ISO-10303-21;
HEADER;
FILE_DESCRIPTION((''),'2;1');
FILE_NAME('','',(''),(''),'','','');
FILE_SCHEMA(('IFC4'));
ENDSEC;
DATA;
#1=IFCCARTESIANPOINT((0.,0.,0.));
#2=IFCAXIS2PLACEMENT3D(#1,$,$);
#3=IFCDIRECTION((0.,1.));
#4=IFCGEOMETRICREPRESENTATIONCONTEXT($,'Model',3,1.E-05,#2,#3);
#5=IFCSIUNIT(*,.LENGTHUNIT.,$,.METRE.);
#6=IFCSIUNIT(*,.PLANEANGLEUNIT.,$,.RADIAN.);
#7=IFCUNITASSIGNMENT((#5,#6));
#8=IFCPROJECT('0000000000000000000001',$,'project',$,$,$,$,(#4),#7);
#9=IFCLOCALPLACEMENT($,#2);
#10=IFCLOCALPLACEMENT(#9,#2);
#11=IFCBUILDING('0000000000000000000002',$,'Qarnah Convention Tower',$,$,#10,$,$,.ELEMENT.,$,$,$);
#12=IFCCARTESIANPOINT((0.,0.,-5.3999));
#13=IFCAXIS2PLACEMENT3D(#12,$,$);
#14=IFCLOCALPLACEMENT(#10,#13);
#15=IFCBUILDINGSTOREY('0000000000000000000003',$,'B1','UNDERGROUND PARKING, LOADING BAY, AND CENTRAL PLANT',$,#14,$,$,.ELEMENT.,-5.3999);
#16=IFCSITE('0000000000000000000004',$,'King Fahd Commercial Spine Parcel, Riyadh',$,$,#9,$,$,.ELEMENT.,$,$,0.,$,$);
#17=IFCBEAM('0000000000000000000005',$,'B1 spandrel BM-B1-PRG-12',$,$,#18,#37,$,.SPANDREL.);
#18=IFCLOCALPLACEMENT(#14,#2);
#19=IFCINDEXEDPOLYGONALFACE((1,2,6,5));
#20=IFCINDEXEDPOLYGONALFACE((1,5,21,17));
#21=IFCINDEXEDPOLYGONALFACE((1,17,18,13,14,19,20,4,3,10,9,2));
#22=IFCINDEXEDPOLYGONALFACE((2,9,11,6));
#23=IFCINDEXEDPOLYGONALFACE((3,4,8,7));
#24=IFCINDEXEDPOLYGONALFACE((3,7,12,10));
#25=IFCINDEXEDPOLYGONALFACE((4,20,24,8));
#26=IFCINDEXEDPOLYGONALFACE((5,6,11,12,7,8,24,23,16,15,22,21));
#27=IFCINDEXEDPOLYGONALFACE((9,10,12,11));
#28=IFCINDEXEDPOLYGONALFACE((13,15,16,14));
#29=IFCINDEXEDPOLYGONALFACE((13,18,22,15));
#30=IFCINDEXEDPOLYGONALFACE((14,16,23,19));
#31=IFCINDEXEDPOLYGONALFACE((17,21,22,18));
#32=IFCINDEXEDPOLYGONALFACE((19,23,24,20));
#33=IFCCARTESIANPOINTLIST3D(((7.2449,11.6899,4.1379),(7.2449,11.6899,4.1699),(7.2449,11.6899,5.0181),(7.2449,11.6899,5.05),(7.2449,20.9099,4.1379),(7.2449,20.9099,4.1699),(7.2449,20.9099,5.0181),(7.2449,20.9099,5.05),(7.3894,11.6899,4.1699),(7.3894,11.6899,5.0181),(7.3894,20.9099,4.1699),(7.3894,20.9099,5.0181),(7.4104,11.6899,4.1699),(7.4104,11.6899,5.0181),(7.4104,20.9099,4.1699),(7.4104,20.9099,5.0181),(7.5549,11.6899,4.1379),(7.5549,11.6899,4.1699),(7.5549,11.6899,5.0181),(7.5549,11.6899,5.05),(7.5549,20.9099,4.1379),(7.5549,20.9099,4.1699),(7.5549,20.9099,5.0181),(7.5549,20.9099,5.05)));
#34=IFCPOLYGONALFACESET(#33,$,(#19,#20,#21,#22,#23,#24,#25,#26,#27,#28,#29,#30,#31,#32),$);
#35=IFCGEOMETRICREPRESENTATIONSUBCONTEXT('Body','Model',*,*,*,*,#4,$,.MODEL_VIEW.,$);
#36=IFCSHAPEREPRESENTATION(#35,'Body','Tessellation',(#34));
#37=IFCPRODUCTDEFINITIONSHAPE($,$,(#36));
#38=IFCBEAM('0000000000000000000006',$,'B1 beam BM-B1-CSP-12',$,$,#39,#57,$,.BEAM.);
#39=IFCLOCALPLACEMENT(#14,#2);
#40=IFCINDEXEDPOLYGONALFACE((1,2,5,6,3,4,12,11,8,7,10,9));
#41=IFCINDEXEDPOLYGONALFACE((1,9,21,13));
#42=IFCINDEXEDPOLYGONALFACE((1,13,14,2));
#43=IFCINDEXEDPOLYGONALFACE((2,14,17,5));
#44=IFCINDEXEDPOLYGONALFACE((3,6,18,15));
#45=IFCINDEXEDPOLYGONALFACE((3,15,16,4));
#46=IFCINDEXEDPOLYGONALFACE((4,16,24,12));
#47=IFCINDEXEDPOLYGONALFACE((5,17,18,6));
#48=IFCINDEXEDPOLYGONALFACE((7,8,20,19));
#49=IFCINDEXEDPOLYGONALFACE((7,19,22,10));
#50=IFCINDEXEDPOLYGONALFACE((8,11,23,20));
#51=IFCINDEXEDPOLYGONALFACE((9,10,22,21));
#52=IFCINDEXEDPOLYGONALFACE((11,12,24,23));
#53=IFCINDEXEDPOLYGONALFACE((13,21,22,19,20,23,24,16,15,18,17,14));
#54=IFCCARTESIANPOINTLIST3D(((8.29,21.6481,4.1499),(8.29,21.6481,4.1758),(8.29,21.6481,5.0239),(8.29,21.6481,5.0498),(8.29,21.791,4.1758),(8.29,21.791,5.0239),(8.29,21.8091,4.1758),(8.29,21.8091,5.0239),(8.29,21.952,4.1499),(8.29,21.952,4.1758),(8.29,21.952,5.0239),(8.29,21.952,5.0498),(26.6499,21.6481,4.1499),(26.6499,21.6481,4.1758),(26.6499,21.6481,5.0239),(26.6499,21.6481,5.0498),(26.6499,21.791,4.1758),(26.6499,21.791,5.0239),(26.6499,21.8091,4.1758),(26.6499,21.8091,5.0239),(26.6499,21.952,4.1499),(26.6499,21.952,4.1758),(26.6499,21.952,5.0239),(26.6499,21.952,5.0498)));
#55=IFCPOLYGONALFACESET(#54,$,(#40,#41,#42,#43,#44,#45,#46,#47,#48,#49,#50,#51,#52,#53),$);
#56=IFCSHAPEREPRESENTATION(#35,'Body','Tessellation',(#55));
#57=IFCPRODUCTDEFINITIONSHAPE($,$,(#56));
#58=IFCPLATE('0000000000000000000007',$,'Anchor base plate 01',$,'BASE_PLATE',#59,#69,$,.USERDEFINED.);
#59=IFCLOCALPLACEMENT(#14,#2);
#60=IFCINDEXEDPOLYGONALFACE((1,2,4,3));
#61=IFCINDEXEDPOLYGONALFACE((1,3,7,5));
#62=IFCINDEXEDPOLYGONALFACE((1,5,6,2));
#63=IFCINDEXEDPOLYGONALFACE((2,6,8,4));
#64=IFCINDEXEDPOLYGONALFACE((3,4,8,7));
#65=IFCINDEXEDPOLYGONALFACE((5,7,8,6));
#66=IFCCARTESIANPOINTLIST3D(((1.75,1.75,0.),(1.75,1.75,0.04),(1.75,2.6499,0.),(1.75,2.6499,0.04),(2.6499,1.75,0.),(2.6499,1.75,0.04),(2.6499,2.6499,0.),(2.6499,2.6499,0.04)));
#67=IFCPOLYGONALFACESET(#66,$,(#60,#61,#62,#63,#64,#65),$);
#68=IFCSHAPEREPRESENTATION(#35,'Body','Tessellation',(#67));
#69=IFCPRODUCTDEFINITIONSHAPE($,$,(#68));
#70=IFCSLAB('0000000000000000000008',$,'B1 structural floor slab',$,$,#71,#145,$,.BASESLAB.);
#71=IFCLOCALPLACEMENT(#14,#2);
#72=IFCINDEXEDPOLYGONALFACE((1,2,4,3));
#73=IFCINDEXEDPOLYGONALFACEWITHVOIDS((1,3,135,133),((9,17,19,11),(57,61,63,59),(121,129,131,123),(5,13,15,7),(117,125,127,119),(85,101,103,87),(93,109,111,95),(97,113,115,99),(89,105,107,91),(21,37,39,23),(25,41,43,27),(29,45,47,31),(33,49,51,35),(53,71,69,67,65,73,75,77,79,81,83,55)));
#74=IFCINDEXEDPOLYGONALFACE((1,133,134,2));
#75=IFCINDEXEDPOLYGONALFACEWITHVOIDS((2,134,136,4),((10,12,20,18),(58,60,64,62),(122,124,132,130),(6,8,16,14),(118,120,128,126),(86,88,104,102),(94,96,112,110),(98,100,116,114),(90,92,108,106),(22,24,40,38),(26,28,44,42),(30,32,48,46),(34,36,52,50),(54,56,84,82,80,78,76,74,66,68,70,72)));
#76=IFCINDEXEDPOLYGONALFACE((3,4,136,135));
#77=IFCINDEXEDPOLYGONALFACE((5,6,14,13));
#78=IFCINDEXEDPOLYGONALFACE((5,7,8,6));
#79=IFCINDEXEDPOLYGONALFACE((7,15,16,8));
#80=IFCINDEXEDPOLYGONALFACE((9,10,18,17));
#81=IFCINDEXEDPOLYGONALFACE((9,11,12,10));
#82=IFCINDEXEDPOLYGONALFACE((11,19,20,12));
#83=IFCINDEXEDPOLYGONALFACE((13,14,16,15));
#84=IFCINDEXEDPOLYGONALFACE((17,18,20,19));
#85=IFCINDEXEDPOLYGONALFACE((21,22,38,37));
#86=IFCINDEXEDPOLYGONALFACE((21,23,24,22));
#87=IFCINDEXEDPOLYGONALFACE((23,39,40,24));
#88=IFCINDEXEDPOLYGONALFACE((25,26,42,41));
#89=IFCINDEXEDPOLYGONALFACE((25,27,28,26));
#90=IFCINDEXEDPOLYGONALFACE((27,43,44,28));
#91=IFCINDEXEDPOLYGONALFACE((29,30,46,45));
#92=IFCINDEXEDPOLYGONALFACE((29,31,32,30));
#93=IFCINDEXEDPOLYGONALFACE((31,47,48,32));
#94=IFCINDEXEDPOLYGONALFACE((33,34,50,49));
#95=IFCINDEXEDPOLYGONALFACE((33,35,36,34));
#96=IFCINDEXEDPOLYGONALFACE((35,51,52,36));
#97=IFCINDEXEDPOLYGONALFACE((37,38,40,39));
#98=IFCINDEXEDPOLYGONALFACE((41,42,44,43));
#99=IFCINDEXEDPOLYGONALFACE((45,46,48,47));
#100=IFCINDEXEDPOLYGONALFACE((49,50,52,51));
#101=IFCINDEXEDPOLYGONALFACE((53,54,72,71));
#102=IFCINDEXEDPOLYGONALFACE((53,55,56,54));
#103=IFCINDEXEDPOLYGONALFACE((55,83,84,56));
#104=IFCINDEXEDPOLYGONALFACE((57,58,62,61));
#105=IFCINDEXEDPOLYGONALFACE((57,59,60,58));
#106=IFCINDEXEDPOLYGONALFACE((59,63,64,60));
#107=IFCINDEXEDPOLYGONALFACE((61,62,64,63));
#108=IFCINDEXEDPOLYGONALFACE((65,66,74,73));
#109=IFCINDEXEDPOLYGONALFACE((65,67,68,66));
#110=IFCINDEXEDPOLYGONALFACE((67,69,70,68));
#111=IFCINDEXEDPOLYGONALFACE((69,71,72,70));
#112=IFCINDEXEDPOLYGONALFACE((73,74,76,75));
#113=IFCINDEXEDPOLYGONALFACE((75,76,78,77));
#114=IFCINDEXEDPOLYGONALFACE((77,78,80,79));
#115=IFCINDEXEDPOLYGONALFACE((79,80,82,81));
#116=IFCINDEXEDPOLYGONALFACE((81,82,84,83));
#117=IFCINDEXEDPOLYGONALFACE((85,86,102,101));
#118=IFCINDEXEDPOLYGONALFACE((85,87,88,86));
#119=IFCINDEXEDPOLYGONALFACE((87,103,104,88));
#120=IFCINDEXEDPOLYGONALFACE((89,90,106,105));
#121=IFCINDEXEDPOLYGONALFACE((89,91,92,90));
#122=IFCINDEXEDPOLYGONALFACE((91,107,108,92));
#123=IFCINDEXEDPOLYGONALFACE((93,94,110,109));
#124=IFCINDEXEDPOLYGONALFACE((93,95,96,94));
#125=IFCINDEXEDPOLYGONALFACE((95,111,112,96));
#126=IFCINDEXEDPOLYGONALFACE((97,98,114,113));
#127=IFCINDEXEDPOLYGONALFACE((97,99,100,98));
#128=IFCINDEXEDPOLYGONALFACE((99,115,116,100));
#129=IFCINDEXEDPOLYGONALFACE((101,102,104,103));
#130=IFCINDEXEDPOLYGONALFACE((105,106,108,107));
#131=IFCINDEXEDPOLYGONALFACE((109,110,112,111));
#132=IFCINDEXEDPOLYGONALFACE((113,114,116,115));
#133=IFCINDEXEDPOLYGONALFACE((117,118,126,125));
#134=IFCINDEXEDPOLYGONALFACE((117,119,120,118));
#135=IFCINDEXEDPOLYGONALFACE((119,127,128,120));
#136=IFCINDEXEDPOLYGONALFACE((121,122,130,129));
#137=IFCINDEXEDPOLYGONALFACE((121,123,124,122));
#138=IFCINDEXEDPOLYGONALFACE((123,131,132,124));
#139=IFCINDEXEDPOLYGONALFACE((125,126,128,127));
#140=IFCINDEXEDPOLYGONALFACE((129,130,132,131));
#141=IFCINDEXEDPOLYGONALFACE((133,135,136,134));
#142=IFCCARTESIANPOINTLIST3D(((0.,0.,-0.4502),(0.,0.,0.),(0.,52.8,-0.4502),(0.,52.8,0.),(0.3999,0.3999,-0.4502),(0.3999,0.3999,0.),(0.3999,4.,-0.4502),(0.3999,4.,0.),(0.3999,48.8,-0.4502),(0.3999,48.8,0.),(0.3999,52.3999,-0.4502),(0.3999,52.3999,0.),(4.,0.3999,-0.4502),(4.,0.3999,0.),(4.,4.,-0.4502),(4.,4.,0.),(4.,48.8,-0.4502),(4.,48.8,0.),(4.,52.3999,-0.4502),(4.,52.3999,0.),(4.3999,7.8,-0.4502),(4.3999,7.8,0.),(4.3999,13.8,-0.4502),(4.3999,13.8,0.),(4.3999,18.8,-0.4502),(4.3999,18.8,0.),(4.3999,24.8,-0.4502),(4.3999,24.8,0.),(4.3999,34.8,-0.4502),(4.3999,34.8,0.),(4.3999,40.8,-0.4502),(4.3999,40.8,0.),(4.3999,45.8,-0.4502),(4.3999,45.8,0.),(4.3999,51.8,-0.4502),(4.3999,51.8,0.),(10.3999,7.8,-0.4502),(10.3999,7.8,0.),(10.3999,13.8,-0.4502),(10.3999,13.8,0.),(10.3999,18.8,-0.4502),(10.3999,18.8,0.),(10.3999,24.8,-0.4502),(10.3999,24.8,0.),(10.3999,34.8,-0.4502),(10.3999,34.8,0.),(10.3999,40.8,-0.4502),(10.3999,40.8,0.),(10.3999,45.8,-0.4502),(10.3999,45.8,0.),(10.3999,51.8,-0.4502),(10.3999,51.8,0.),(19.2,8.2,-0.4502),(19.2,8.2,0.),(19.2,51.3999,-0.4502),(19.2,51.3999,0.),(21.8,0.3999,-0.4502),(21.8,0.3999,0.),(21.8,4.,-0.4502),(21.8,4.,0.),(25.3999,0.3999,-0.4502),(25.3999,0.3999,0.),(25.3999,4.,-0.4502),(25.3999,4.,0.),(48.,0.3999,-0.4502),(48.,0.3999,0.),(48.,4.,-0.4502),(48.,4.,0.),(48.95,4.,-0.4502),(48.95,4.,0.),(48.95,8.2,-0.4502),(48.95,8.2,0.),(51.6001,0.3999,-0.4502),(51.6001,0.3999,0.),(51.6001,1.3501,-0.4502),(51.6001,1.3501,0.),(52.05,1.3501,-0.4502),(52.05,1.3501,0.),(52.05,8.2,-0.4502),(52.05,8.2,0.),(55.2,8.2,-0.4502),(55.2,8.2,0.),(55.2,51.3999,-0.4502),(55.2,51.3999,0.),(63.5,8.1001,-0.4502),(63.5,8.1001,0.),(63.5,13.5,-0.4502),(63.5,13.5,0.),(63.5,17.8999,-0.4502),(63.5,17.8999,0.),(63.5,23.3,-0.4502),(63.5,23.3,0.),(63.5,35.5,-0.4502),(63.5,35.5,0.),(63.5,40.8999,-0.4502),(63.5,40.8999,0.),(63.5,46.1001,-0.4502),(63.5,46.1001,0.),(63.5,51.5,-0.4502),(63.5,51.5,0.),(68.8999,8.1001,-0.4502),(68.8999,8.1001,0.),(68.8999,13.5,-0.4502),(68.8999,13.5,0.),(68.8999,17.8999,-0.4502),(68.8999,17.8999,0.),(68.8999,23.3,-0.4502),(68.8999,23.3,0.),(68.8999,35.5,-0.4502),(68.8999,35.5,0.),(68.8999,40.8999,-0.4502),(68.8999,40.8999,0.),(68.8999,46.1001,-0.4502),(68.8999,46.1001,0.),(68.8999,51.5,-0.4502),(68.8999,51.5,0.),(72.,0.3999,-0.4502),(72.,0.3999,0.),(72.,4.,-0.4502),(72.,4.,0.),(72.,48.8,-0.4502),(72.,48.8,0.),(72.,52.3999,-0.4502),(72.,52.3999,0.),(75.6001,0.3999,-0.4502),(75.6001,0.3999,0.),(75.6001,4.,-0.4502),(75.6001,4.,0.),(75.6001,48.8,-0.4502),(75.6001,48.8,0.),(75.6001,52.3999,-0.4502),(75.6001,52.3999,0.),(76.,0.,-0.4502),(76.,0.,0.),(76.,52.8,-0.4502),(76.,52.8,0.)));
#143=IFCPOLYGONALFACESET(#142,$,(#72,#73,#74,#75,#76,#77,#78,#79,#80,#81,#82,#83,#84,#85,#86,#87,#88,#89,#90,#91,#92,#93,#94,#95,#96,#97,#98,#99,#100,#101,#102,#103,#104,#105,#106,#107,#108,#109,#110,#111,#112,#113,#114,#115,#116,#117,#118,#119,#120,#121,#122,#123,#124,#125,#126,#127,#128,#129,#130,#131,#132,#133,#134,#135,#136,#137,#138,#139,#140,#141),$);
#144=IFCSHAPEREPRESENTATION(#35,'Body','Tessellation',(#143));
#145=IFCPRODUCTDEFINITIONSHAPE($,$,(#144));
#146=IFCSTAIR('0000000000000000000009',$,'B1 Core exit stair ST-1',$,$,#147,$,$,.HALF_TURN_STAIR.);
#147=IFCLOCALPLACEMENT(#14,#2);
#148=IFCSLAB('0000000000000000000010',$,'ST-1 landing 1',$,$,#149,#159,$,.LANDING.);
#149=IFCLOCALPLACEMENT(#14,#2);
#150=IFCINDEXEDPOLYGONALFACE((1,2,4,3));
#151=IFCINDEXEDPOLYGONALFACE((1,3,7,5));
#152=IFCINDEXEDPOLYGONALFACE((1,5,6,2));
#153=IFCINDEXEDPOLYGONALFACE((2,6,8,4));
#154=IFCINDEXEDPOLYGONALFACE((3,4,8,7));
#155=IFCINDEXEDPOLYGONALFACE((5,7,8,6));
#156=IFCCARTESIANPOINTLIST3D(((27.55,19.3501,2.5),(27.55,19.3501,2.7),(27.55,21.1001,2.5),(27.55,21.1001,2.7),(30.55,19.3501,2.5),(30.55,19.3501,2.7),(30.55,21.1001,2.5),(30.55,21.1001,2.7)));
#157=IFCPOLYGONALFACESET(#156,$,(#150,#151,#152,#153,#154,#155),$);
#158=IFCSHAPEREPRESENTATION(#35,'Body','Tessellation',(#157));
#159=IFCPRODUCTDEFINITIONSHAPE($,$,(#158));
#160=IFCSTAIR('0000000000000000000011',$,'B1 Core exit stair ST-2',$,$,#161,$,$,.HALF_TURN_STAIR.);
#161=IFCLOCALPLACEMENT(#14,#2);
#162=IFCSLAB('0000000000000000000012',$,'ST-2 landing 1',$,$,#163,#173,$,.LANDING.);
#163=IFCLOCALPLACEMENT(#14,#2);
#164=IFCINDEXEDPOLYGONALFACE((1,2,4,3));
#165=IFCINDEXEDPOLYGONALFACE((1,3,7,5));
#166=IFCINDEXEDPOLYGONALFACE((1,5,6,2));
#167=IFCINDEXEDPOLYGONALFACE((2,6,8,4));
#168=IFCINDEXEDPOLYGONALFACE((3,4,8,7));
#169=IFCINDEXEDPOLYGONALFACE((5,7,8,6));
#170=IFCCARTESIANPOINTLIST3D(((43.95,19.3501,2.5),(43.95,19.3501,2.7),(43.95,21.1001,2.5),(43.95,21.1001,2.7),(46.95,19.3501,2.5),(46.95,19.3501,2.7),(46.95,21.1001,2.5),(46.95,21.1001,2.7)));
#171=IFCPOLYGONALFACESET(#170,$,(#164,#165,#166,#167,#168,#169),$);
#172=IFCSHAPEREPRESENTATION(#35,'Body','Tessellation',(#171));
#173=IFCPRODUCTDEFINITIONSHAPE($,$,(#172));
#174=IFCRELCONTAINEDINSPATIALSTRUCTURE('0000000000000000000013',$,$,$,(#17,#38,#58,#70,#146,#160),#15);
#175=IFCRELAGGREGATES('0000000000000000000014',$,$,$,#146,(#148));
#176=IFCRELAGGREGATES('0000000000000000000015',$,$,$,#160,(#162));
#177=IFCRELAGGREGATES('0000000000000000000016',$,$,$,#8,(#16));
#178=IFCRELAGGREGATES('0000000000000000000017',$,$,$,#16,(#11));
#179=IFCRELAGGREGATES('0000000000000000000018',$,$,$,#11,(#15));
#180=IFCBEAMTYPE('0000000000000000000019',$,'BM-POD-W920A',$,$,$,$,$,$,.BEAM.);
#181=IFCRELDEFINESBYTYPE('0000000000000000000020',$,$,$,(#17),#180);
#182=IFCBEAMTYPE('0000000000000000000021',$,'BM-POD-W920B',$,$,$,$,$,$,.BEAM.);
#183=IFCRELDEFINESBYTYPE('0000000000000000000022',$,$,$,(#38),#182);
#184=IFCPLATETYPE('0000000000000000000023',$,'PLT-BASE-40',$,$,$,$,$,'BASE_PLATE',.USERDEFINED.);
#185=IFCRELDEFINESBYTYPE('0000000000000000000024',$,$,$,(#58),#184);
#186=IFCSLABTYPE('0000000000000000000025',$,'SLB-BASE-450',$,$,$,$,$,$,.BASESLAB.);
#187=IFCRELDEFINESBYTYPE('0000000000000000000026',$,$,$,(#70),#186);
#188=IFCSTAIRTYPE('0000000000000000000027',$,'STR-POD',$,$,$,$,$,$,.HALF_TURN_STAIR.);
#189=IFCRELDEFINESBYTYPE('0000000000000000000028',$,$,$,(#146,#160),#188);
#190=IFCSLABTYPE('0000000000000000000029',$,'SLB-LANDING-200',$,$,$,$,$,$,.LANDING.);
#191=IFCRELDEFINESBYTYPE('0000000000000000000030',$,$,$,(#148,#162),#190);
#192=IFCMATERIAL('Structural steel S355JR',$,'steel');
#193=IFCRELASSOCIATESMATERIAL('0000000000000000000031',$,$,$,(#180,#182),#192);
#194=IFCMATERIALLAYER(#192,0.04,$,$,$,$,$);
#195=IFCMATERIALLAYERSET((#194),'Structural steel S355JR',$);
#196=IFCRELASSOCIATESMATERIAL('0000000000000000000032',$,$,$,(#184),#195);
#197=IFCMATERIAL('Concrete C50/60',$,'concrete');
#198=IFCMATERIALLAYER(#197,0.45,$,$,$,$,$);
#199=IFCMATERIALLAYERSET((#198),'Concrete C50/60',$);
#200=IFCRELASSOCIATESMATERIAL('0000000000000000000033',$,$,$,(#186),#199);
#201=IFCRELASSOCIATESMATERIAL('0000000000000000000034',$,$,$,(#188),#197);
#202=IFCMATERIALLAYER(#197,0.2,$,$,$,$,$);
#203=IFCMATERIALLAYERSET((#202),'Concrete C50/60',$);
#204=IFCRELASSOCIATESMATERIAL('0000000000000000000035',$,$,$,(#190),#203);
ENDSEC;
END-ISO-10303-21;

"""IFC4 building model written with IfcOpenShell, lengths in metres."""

from ifc_helpers import new_model, si_unit, direction, frame, origin, origin_2d, place, context, subcontext, project, spatial, polyline, rectangle, i_section, outline, extrude, material, layer, layer_set, material_profile, profile_set, type_object, element, aggregate, save


model = new_model("IFC4")

# Units and contexts
model_context = context("Model", 3, precision=1e-05, world=origin(), true_north=direction((0.0, 1.0)))
body_context = subcontext(model_context, "Body", "Model", "MODEL_VIEW")
ifc_project = project(units=[si_unit("LENGTHUNIT", "METRE"), si_unit("PLANEANGLEUNIT", "RADIAN")], contexts=[model_context])

# Site, building, storey
site_placement = place(None, origin())
site = spatial("IfcSite", under=ifc_project, at=site_placement, Name="King Fahd Commercial Spine Parcel, Riyadh", CompositionType="ELEMENT", RefElevation=0.0)
building_placement = place(site_placement, origin())
building = spatial("IfcBuilding", under=site, at=building_placement, Name="Qarnah Convention Tower", CompositionType="ELEMENT")
storey_placement = place(building_placement, frame((0.0, 0.0, -5.3999)))
storey = spatial("IfcBuildingStorey", under=building, at=storey_placement, Name="B1", Description="UNDERGROUND PARKING, LOADING BAY, AND CENTRAL PLANT", CompositionType="ELEMENT", Elevation=-5.3999)

# Shared definitions
ifc_material_1 = material(Name="Concrete C50/60", Category="concrete")

# Beams
ifc_material_2 = material(Name="Structural steel S355JR", Category="steel")
ifc_material_profile_1 = material_profile(ifc_material_2, i_section(OverallWidth=0.3101, OverallDepth=0.9121, WebThickness=0.021, FlangeThickness=0.032, at=origin_2d()), Name="W920X342")
ifc_profile_set_1 = profile_set([ifc_material_profile_1], Name="Structural steel S355JR")
beam_type_1 = type_object("IfcBeamType", Name="BM-POD-W920A", PredefinedType="BEAM", material=ifc_profile_set_1)
beam_1_placement = place(storey_placement, frame((7.3999, 20.9099, 4.594), z_axis=(0.0, -1.0, 0.0), x_axis=(1.0, 0.0, 0.0)))
element("IfcBeam", 1, at=beam_1_placement, inside=storey, type_object=beam_type_1, Name="B1 spandrel BM-B1-PRG-12", PredefinedType="SPANDREL", context=body_context, shape_type="SweptSolid", body=[
    extrude(i_section(OverallWidth=0.3101, OverallDepth=0.9121, WebThickness=0.021, FlangeThickness=0.032, at=origin_2d()), origin(), (0.0, 0.0, 1.0), 9.22),
])
ifc_material_profile_2 = material_profile(ifc_material_2, i_section(OverallWidth=0.304, OverallDepth=0.8999, WebThickness=0.0181, FlangeThickness=0.0259, at=origin_2d()), Name="W920X271")
ifc_profile_set_2 = profile_set([ifc_material_profile_2], Name="Structural steel S355JR")
beam_type_2 = type_object("IfcBeamType", Name="BM-POD-W920B", PredefinedType="BEAM", material=ifc_profile_set_2)
beam_2_placement = place(storey_placement, frame((8.29, 21.8, 4.5999), z_axis=(1.0, 0.0, 0.0), x_axis=(0.0, 1.0, 0.0)))
element("IfcBeam", 2, at=beam_2_placement, inside=storey, type_object=beam_type_2, Name="B1 beam BM-B1-CSP-12", PredefinedType="BEAM", context=body_context, shape_type="SweptSolid", body=[
    extrude(i_section(OverallWidth=0.304, OverallDepth=0.8999, WebThickness=0.0181, FlangeThickness=0.0259, at=origin_2d()), origin(), (0.0, 0.0, 1.0), 18.3599),
])

# Plate
ifc_layer_1 = layer(ifc_material_2, 0.04)
ifc_layer_set_1 = layer_set([ifc_layer_1], Name="Structural steel S355JR")
plate_type = type_object("IfcPlateType", Name="PLT-BASE-40", ElementType="BASE_PLATE", PredefinedType="USERDEFINED", material=ifc_layer_set_1)
plate_placement = place(storey_placement, frame((2.2, 2.2, 0.0), z_axis=(0.0, 0.0, 1.0), x_axis=(1.0, 0.0, 0.0)))
element("IfcPlate", 3, at=plate_placement, inside=storey, type_object=plate_type, Name="Anchor base plate 01", ObjectType="BASE_PLATE", PredefinedType="USERDEFINED", context=body_context, shape_type="SweptSolid", body=[
    extrude(rectangle(XDim=0.8999, YDim=0.8999, at=origin_2d()), origin(), (0.0, 0.0, 1.0), 0.04),
])

# Slab
ifc_layer_2 = layer(ifc_material_1, 0.45)
ifc_layer_set_2 = layer_set([ifc_layer_2], Name="Concrete C50/60")
slab_type_1 = type_object("IfcSlabType", Name="SLB-BASE-450", PredefinedType="BASESLAB", material=ifc_layer_set_2)
slab_1_placement = place(storey_placement, frame((0.0, 0.0, -0.4502)))
element("IfcSlab", 4, at=slab_1_placement, inside=storey, type_object=slab_type_1, Name="B1 structural floor slab", PredefinedType="BASESLAB", context=body_context, shape_type="SweptSolid", body=[
    extrude(outline(polyline([(0.0, 0.0), (76.0, 0.0), (76.0, 52.8), (0.0, 52.8), (0.0, 0.0)]), holes=[polyline([(0.3999, 0.3999), (0.3999, 4.0), (4.0, 4.0), (4.0, 0.3999), (0.3999, 0.3999)]), polyline([(21.8, 0.3999), (21.8, 4.0), (25.3999, 4.0), (25.3999, 0.3999), (21.8, 0.3999)]), polyline([(4.3999, 7.8), (4.3999, 13.8), (10.3999, 13.8), (10.3999, 7.8), (4.3999, 7.8)]), polyline([(4.3999, 18.8), (4.3999, 24.8), (10.3999, 24.8), (10.3999, 18.8), (4.3999, 18.8)]), polyline([(52.05, 8.2), (52.05, 1.3501), (51.6001, 1.3501), (51.6001, 0.3999), (48.0, 0.3999), (48.0, 4.0), (48.95, 4.0), (48.95, 8.2), (19.2, 8.2), (19.2, 51.3999), (55.2, 51.3999), (55.2, 8.2), (52.05, 8.2)]), polyline([(4.3999, 34.8), (4.3999, 40.8), (10.3999, 40.8), (10.3999, 34.8), (4.3999, 34.8)]), polyline([(4.3999, 45.8), (4.3999, 51.8), (10.3999, 51.8), (10.3999, 45.8), (4.3999, 45.8)]), polyline([(0.3999, 48.8), (0.3999, 52.3999), (4.0, 52.3999), (4.0, 48.8), (0.3999, 48.8)]), polyline([(72.0, 0.3999), (72.0, 4.0), (75.6001, 4.0), (75.6001, 0.3999), (72.0, 0.3999)]), polyline([(63.5, 8.1001), (63.5, 13.5), (68.8999, 13.5), (68.8999, 8.1001), (63.5, 8.1001)]), polyline([(63.5, 17.8999), (63.5, 23.3), (68.8999, 23.3), (68.8999, 17.8999), (63.5, 17.8999)]), polyline([(63.5, 35.5), (63.5, 40.8999), (68.8999, 40.8999), (68.8999, 35.5), (63.5, 35.5)]), polyline([(63.5, 46.1001), (63.5, 51.5), (68.8999, 51.5), (68.8999, 46.1001), (63.5, 46.1001)]), polyline([(72.0, 48.8), (72.0, 52.3999), (75.6001, 52.3999), (75.6001, 48.8), (72.0, 48.8)])]), origin(), (0.0, 0.0, 1.0), 0.4502),
])

# Stairs, slabs
stair_type_1 = type_object("IfcStairType", Name="STR-POD", PredefinedType="HALF_TURN_STAIR", material=ifc_material_1)
stair_1_placement = place(storey_placement, origin())
stair_1 = element("IfcStair", 5, at=stair_1_placement, inside=storey, type_object=stair_type_1, Name="B1 Core exit stair ST-1", PredefinedType="HALF_TURN_STAIR")
ifc_layer_3 = layer(ifc_material_1, 0.2)
ifc_layer_set_3 = layer_set([ifc_layer_3], Name="Concrete C50/60")
slab_type_2 = type_object("IfcSlabType", Name="SLB-LANDING-200", PredefinedType="LANDING", material=ifc_layer_set_3)
slab_2_placement = place(storey_placement, frame((0.0, 0.0, 2.5)))
slab_2 = element("IfcSlab", 6, at=slab_2_placement, type_object=slab_type_2, Name="ST-1 landing 1", PredefinedType="LANDING", context=body_context, shape_type="SweptSolid", body=[
    extrude(outline(polyline([(27.55, 21.1001), (27.55, 19.3501), (30.55, 19.3501), (30.55, 21.1001), (27.55, 21.1001)])), origin(), (0.0, 0.0, 1.0), 0.2),
])
aggregate(stair_1, [slab_2])
stair_2_placement = place(storey_placement, origin())
stair_2 = element("IfcStair", 7, at=stair_2_placement, inside=storey, type_object=stair_type_1, Name="B1 Core exit stair ST-2", PredefinedType="HALF_TURN_STAIR")
slab_3_placement = place(storey_placement, frame((0.0, 0.0, 2.5)))
slab_3 = element("IfcSlab", 8, at=slab_3_placement, type_object=slab_type_2, Name="ST-2 landing 1", PredefinedType="LANDING", context=body_context, shape_type="SweptSolid", body=[
    extrude(outline(polyline([(43.95, 21.1001), (43.95, 19.3501), (46.95, 19.3501), (46.95, 21.1001), (43.95, 21.1001)])), origin(), (0.0, 0.0, 1.0), 0.2),
])
aggregate(stair_2, [slab_3])

save(model, "model.ifc")
